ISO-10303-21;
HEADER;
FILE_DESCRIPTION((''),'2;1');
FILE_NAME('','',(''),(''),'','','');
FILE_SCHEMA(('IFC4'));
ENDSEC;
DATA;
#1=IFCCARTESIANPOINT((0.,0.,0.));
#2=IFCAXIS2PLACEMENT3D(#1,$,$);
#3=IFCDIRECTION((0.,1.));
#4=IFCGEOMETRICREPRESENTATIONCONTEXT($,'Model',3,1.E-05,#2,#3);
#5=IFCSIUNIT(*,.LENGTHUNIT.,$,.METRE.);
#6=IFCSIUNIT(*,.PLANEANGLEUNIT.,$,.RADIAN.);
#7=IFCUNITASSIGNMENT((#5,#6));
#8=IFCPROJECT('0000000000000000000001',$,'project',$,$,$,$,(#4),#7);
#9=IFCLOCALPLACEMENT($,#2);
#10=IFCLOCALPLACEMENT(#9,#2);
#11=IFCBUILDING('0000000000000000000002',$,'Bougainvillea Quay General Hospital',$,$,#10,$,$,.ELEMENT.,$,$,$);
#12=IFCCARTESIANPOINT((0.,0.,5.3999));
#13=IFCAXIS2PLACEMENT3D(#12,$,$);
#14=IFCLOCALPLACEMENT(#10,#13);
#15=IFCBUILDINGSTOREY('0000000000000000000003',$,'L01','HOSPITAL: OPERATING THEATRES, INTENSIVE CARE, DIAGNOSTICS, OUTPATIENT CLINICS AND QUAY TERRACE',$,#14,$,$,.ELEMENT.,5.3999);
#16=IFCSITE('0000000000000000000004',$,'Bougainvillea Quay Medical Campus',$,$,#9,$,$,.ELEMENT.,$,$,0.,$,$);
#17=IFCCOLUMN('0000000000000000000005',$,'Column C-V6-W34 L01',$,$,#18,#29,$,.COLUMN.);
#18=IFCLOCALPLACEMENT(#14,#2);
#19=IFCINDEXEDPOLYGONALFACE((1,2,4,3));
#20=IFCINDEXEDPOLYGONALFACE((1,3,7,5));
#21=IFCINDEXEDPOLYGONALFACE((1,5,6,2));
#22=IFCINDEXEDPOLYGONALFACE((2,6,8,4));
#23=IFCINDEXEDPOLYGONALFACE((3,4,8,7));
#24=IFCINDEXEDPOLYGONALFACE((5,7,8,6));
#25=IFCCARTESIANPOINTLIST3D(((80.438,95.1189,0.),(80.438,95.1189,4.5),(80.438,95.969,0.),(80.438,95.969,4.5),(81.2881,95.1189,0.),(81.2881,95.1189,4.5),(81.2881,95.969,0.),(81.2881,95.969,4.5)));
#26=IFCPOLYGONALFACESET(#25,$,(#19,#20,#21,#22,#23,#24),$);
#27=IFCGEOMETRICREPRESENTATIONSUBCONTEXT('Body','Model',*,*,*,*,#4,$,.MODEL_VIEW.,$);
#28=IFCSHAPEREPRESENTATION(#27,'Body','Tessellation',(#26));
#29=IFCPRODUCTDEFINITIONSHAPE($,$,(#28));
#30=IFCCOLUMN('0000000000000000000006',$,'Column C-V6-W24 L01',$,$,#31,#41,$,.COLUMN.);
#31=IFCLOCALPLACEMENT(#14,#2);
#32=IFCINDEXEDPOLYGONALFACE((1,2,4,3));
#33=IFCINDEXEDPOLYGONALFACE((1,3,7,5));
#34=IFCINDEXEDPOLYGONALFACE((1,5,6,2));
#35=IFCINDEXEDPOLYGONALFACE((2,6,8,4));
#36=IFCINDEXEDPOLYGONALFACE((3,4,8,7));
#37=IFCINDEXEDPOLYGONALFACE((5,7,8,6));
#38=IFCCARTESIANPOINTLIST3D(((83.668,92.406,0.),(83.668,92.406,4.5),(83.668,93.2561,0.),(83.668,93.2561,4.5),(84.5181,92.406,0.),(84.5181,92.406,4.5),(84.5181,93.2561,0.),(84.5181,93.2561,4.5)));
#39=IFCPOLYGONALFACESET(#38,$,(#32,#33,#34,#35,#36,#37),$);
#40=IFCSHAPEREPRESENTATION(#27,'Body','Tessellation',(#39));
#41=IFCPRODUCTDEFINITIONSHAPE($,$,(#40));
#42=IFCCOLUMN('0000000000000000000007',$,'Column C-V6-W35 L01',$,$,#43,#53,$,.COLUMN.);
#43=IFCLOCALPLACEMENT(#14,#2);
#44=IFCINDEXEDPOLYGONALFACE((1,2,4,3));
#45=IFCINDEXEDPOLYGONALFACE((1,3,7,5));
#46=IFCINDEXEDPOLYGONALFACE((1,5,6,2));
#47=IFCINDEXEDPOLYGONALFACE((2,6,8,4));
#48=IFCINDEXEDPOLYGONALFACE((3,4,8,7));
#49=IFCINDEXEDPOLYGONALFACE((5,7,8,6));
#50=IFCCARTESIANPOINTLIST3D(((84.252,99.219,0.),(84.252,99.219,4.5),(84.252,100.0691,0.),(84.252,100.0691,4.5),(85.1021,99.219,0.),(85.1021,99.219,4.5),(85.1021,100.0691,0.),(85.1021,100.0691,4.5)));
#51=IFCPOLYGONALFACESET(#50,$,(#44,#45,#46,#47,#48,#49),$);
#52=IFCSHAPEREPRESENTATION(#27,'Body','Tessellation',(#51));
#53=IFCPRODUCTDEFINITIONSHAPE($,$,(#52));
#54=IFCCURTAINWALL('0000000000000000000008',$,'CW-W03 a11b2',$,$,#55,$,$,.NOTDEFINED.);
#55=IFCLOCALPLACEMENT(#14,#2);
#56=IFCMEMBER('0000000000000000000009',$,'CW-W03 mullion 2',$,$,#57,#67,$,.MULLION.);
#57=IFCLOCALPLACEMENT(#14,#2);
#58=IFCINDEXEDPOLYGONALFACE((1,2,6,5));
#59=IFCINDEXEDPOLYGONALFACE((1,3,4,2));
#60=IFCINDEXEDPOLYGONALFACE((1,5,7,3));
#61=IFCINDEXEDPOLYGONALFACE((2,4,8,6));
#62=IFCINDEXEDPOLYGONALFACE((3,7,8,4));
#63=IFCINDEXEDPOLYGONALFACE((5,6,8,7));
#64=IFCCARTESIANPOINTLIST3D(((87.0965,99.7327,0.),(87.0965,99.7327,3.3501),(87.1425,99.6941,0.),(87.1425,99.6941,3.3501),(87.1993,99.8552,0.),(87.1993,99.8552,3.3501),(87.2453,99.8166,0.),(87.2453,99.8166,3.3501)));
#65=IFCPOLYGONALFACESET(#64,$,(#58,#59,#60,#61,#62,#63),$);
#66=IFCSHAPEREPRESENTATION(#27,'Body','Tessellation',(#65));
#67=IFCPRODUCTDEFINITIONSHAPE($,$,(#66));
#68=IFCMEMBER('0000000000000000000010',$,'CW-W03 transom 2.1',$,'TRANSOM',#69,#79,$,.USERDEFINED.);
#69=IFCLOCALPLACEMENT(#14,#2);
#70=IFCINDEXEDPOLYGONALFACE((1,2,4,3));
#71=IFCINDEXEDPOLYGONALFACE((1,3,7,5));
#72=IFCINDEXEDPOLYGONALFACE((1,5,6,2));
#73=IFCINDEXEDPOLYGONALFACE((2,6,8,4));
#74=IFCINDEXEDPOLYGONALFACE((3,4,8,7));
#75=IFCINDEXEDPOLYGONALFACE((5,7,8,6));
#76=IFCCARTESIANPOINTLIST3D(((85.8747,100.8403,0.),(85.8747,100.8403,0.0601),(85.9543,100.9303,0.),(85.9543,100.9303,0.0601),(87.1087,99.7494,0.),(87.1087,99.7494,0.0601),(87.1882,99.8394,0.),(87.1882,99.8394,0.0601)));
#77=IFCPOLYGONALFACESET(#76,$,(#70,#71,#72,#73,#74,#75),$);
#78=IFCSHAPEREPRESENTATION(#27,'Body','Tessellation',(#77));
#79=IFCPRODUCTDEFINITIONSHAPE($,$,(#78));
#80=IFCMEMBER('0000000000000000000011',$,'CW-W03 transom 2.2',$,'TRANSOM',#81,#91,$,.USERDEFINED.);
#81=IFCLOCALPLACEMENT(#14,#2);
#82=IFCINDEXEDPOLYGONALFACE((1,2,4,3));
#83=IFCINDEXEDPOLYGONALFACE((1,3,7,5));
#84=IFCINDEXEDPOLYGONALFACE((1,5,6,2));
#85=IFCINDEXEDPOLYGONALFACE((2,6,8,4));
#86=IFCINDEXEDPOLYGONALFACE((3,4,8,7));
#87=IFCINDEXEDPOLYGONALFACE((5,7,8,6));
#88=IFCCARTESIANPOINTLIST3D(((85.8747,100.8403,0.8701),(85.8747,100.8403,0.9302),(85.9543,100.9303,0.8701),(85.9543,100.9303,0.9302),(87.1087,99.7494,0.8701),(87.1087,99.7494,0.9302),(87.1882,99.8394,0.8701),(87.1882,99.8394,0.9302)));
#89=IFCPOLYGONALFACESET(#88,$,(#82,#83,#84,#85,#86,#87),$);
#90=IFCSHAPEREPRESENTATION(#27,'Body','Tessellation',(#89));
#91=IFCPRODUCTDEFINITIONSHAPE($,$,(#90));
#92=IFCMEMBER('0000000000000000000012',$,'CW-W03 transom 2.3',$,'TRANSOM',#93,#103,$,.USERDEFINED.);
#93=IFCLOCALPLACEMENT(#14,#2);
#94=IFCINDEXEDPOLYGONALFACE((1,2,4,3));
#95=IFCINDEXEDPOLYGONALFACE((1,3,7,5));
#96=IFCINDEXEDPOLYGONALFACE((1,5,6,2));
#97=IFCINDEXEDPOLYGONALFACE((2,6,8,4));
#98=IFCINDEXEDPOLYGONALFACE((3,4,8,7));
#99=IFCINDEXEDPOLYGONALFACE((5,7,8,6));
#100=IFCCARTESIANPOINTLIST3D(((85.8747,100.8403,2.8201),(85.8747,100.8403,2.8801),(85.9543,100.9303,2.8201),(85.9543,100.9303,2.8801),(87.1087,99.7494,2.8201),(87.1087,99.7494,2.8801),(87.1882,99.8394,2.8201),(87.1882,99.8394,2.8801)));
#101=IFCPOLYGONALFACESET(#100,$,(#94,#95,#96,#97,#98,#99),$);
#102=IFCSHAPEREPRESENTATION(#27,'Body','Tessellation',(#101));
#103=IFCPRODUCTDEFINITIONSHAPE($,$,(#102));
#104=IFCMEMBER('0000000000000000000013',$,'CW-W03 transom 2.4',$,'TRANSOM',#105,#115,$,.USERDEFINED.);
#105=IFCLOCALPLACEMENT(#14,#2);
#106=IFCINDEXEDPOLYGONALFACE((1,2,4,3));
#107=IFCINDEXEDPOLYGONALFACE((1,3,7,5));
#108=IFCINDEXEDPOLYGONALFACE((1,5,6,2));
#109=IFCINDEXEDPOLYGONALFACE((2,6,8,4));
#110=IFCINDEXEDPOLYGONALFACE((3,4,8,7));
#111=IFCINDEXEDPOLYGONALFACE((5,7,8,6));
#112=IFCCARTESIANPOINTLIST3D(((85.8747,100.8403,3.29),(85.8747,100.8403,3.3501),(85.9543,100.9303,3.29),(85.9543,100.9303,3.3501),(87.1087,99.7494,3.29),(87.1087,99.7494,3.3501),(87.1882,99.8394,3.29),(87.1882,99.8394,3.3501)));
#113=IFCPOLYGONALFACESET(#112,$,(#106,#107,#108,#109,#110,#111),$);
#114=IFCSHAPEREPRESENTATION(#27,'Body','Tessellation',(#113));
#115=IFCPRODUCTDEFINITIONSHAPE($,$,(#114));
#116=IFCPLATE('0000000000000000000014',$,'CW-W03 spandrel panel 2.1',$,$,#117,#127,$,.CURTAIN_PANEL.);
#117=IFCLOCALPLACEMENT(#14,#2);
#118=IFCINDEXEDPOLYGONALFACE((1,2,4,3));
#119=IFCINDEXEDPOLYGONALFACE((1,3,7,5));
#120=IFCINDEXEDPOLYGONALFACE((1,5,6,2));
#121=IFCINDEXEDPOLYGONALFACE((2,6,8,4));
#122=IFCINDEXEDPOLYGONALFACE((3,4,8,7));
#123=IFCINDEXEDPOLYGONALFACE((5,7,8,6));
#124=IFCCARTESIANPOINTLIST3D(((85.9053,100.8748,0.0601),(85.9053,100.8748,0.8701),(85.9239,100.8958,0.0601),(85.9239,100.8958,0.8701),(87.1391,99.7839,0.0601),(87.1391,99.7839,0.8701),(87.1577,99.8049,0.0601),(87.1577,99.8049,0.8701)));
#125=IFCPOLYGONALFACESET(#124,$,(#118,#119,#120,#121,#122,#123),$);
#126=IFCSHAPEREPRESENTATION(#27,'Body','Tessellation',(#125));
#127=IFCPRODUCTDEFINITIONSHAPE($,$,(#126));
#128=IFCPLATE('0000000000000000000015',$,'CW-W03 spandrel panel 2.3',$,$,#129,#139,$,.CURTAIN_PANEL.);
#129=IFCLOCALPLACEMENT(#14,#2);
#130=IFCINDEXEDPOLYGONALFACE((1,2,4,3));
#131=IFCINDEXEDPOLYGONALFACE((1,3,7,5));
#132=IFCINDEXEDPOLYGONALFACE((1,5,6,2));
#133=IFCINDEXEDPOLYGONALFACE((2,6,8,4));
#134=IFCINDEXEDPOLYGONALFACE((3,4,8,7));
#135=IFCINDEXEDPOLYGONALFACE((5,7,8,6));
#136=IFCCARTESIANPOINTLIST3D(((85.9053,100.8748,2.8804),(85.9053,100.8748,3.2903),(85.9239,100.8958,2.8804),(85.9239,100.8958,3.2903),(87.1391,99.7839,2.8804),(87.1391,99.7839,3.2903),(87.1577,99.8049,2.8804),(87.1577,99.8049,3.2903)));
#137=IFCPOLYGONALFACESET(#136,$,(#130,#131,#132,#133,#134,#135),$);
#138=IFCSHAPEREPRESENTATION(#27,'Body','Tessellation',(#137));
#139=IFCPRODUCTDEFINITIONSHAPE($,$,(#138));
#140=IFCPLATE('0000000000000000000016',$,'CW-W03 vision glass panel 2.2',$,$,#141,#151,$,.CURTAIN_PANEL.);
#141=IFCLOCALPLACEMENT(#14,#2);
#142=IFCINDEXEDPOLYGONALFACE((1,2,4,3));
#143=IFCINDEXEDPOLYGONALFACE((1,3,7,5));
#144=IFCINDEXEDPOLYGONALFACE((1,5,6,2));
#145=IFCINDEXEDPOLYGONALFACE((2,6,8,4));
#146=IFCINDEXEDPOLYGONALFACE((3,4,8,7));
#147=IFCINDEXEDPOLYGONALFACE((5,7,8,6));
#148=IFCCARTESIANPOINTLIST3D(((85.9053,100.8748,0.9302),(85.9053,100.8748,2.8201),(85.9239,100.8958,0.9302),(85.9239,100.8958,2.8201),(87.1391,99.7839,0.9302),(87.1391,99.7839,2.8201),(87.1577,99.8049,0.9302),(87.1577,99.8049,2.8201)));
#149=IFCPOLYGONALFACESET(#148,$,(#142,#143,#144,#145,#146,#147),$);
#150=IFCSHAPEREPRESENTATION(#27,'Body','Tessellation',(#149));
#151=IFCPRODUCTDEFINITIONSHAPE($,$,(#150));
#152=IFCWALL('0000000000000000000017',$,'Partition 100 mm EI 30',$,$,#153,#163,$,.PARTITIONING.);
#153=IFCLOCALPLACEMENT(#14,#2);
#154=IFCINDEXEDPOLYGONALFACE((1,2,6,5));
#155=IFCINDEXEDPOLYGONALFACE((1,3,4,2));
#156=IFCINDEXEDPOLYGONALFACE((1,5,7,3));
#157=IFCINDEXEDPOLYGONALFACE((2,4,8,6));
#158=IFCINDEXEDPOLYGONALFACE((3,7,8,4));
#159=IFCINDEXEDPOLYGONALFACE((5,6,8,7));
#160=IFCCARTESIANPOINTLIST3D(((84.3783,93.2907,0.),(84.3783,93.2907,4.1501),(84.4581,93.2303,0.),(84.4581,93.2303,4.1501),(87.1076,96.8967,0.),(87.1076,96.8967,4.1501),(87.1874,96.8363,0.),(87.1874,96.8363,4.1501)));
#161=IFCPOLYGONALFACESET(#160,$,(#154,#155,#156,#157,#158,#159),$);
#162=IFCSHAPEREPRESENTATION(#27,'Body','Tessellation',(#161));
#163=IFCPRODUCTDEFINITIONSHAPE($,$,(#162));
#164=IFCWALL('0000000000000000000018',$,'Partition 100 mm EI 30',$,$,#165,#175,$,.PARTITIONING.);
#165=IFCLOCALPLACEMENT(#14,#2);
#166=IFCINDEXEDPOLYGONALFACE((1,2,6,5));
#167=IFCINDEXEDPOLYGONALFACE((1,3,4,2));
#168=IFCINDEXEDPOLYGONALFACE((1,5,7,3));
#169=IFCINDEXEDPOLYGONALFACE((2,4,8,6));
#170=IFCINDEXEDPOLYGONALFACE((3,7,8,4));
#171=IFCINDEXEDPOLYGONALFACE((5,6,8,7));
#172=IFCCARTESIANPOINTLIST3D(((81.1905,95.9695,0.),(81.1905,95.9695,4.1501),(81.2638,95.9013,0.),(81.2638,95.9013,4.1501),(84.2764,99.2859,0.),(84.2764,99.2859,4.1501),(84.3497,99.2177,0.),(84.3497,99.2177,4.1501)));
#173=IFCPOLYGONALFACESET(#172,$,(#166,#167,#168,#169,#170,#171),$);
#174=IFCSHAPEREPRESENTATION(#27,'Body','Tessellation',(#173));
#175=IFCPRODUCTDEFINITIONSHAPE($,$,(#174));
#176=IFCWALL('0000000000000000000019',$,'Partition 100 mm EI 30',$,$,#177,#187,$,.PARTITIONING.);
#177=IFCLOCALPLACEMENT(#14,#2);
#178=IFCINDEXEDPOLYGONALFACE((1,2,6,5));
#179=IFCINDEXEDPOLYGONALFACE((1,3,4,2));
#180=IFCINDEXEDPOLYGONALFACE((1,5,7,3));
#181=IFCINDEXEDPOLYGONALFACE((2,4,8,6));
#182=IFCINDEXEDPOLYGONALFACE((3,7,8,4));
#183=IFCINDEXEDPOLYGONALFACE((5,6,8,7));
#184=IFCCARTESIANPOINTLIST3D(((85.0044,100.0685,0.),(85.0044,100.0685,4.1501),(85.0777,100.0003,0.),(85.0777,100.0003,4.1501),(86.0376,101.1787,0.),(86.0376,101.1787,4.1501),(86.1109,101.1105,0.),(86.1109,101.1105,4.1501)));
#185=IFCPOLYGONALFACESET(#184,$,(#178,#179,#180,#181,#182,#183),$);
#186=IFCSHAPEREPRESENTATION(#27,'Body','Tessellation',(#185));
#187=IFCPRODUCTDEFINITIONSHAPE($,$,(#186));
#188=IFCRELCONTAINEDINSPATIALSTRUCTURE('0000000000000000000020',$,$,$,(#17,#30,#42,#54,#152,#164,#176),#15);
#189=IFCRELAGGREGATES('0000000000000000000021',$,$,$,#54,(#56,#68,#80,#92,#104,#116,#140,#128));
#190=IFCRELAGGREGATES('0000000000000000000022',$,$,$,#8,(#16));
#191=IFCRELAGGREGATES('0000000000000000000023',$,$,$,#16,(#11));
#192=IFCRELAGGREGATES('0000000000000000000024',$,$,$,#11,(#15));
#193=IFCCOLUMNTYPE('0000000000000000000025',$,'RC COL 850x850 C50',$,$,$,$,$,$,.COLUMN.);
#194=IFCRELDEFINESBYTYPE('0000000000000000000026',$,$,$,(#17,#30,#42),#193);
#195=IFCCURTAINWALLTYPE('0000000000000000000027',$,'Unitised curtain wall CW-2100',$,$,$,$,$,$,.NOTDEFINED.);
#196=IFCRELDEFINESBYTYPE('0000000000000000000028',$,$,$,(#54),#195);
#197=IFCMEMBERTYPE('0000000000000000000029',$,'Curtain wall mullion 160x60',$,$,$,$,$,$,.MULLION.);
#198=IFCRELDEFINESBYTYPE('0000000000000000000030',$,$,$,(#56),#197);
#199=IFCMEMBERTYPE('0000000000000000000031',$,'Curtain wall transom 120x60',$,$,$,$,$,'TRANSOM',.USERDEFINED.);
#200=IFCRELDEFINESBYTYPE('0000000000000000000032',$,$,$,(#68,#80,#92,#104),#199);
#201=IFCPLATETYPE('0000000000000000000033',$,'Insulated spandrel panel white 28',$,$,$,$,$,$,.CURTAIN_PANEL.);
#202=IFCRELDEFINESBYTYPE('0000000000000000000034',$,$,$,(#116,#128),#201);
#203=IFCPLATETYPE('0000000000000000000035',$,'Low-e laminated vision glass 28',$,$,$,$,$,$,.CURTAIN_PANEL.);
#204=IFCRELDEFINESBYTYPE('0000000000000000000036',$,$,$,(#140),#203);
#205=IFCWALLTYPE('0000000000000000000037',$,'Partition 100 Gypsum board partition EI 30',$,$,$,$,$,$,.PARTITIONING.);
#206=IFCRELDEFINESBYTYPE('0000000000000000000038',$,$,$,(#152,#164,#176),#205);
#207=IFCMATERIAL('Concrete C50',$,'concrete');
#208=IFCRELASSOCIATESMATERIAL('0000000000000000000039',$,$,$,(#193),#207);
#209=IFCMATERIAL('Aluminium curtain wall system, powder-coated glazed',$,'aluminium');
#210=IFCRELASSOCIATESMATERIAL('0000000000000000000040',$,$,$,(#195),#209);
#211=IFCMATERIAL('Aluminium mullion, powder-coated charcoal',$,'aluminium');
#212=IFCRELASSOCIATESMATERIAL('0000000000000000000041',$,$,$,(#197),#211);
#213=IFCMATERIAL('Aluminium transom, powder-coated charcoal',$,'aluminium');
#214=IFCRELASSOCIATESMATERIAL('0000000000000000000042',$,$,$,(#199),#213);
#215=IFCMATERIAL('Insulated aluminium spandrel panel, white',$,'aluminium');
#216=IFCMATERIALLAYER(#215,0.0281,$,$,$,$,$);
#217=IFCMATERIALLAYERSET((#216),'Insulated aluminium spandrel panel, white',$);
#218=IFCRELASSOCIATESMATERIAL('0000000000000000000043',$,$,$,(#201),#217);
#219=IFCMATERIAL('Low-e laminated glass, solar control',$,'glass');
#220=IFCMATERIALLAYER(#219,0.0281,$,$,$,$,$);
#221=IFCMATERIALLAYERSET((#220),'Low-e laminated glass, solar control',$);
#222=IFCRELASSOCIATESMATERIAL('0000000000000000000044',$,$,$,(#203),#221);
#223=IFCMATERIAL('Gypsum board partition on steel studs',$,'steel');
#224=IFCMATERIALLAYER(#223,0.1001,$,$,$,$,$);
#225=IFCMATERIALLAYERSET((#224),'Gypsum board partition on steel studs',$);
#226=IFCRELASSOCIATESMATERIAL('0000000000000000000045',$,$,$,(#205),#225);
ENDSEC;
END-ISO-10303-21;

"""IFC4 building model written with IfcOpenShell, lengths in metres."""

from ifc_helpers import new_model, si_unit, direction, frame, frame_2d, origin, origin_2d, place, context, subcontext, project, spatial, rectangle, extrude, material, layer, layer_set, material_profile, profile_set, type_object, element, aggregate, save


model = new_model("IFC4")

# Units and contexts
model_context = context("Model", 3, precision=1e-05, world=origin(), true_north=direction((0.0, 1.0)))
body_context = subcontext(model_context, "Body", "Model", "MODEL_VIEW")
ifc_project = project(units=[si_unit("LENGTHUNIT", "METRE"), si_unit("PLANEANGLEUNIT", "RADIAN")], contexts=[model_context])

# Site, building, storey
site_placement = place(None, origin())
site = spatial("IfcSite", under=ifc_project, at=site_placement, Name="Bougainvillea Quay Medical Campus", CompositionType="ELEMENT", RefElevation=0.0)
building_placement = place(site_placement, origin())
building = spatial("IfcBuilding", under=site, at=building_placement, Name="Bougainvillea Quay General Hospital", CompositionType="ELEMENT")
storey_placement = place(building_placement, frame((0.0, 0.0, 5.3999)))
storey = spatial("IfcBuildingStorey", under=building, at=storey_placement, Name="L01", Description="HOSPITAL: OPERATING THEATRES, INTENSIVE CARE, DIAGNOSTICS, OUTPATIENT CLINICS AND QUAY TERRACE", CompositionType="ELEMENT", Elevation=5.3999)

# Columns
ifc_material_1 = material(Name="Concrete C50", Category="concrete")
ifc_material_profile_1 = material_profile(ifc_material_1, rectangle(XDim=0.8501, YDim=0.8501, at=origin_2d()))
ifc_profile_set_1 = profile_set([ifc_material_profile_1], Name="Concrete C50")
column_type = type_object("IfcColumnType", Name="RC COL 850x850 C50", PredefinedType="COLUMN", material=ifc_profile_set_1)
for number, where, z_axis, x_axis, name in (
    (1, (80.863, 95.5439, 0.0), (0.0, 0.0, 1.0), (1.0, 0.0, 0.0), "Column C-V6-W34 L01"),
    (2, (84.093, 92.8311, 0.0), (0.0, 0.0, 1.0), (1.0, 0.0, 0.0), "Column C-V6-W24 L01"),
    (3, (84.677, 99.644, 0.0), (0.0, 0.0, 1.0), (1.0, 0.0, 0.0), "Column C-V6-W35 L01"),
):
    element("IfcColumn", number, at=place(storey_placement, frame(where, z_axis=z_axis, x_axis=x_axis)), inside=storey, type_object=column_type, Name=name, PredefinedType="COLUMN", context=body_context, shape_type="SweptSolid", body=[
        extrude(rectangle(XDim=0.8501, YDim=0.8501, at=origin_2d()), origin(), (0.0, 0.0, 1.0), 4.5),
    ])

# Curtain wall, members, plates
ifc_material_2 = material(Name="Aluminium curtain wall system, powder-coated glazed", Category="aluminium")
curtain_wall_type = type_object("IfcCurtainWallType", Name="Unitised curtain wall CW-2100", PredefinedType="NOTDEFINED", material=ifc_material_2)
curtain_wall_placement = place(storey_placement, origin())
curtain_wall = element("IfcCurtainWall", 4, at=curtain_wall_placement, inside=storey, type_object=curtain_wall_type, Name="CW-W03 a11b2", PredefinedType="NOTDEFINED")
ifc_material_3 = material(Name="Aluminium mullion, powder-coated charcoal", Category="aluminium")
ifc_material_profile_2 = material_profile(ifc_material_3, rectangle(XDim=0.1599, YDim=0.0601, at=origin_2d()))
ifc_profile_set_2 = profile_set([ifc_material_profile_2], Name="Aluminium mullion, powder-coated charcoal")
member_type_1 = type_object("IfcMemberType", Name="Curtain wall mullion 160x60", PredefinedType="MULLION", material=ifc_profile_set_2)
member_1_placement = place(storey_placement, frame((87.1709, 99.7747, 0.0), z_axis=(0.0, 0.0, 1.0), x_axis=(-0.643189, -0.765708, 0.0)))
member_1 = element("IfcMember", 5, at=member_1_placement, type_object=member_type_1, Name="CW-W03 mullion 2", PredefinedType="MULLION", context=body_context, shape_type="SweptSolid", body=[
    extrude(rectangle(XDim=0.1599, YDim=0.0601, at=origin_2d()), origin(), (0.0, 0.0, 1.0), 3.3501),
])
ifc_material_4 = material(Name="Aluminium transom, powder-coated charcoal", Category="aluminium")
ifc_material_profile_3 = material_profile(ifc_material_4, rectangle(XDim=0.1201, YDim=0.0601, at=origin_2d()))
ifc_profile_set_3 = profile_set([ifc_material_profile_3], Name="Aluminium transom, powder-coated charcoal")
member_type_2 = type_object("IfcMemberType", Name="Curtain wall transom 120x60", ElementType="TRANSOM", PredefinedType="USERDEFINED", material=ifc_profile_set_3)
member_2_placement = place(storey_placement, frame((87.1484, 99.7944, 0.03), z_axis=(-0.749206, 0.662337, 0.0), x_axis=(-0.662337, -0.749206, 0.0)))
member_2 = element("IfcMember", 6, at=member_2_placement, type_object=member_type_2, Name="CW-W03 transom 2.1", ObjectType="TRANSOM", PredefinedType="USERDEFINED", context=body_context, shape_type="SweptSolid", body=[
    extrude(rectangle(XDim=0.1201, YDim=0.0601, at=origin_2d()), origin(), (0.0, 0.0, 1.0), 1.647),
])
member_3_placement = place(storey_placement, frame((87.1484, 99.7944, 0.9001), z_axis=(-0.749206, 0.662337, 0.0), x_axis=(-0.662337, -0.749206, 0.0)))
member_3 = element("IfcMember", 7, at=member_3_placement, type_object=member_type_2, Name="CW-W03 transom 2.2", ObjectType="TRANSOM", PredefinedType="USERDEFINED", context=body_context, shape_type="SweptSolid", body=[
    extrude(rectangle(XDim=0.1201, YDim=0.0601, at=origin_2d()), origin(), (0.0, 0.0, 1.0), 1.647),
])
member_4_placement = place(storey_placement, frame((87.1484, 99.7944, 2.8501), z_axis=(-0.749206, 0.662337, 0.0), x_axis=(-0.662337, -0.749206, 0.0)))
member_4 = element("IfcMember", 8, at=member_4_placement, type_object=member_type_2, Name="CW-W03 transom 2.3", ObjectType="TRANSOM", PredefinedType="USERDEFINED", context=body_context, shape_type="SweptSolid", body=[
    extrude(rectangle(XDim=0.1201, YDim=0.0601, at=origin_2d()), origin(), (0.0, 0.0, 1.0), 1.647),
])
member_5_placement = place(storey_placement, frame((87.1484, 99.7944, 3.3201), z_axis=(-0.749206, 0.662337, 0.0), x_axis=(-0.662337, -0.749206, 0.0)))
member_5 = element("IfcMember", 9, at=member_5_placement, type_object=member_type_2, Name="CW-W03 transom 2.4", ObjectType="TRANSOM", PredefinedType="USERDEFINED", context=body_context, shape_type="SweptSolid", body=[
    extrude(rectangle(XDim=0.1201, YDim=0.0601, at=origin_2d()), origin(), (0.0, 0.0, 1.0), 1.647),
])
ifc_material_5 = material(Name="Insulated aluminium spandrel panel, white", Category="aluminium")
ifc_layer_1 = layer(ifc_material_5, 0.0281)
ifc_layer_set_1 = layer_set([ifc_layer_1], Name="Insulated aluminium spandrel panel, white")
plate_type_1 = type_object("IfcPlateType", Name="Insulated spandrel panel white 28", PredefinedType="CURTAIN_PANEL", material=ifc_layer_set_1)
plate_1_placement = place(storey_placement, frame((86.5315, 100.3398, 0.0601), z_axis=(0.0, 0.0, 1.0), x_axis=(-0.749152, 0.662398, 0.0)))
plate_1 = element("IfcPlate", 10, at=plate_1_placement, type_object=plate_type_1, Name="CW-W03 spandrel panel 2.1", PredefinedType="CURTAIN_PANEL", context=body_context, shape_type="SweptSolid", body=[
    extrude(rectangle(XDim=1.647, YDim=0.0281, at=origin_2d()), origin(), (0.0, 0.0, 1.0), 0.8101),
])
plate_2_placement = place(storey_placement, frame((86.5315, 100.3398, 2.8804), z_axis=(0.0, 0.0, 1.0), x_axis=(-0.749152, 0.662398, 0.0)))
plate_2 = element("IfcPlate", 11, at=plate_2_placement, type_object=plate_type_1, Name="CW-W03 spandrel panel 2.3", PredefinedType="CURTAIN_PANEL", context=body_context, shape_type="SweptSolid", body=[
    extrude(rectangle(XDim=1.647, YDim=0.0281, at=origin_2d()), origin(), (0.0, 0.0, 1.0), 0.4099),
])
ifc_material_6 = material(Name="Low-e laminated glass, solar control", Category="glass")
ifc_layer_2 = layer(ifc_material_6, 0.0281)
ifc_layer_set_2 = layer_set([ifc_layer_2], Name="Low-e laminated glass, solar control")
plate_type_2 = type_object("IfcPlateType", Name="Low-e laminated vision glass 28", PredefinedType="CURTAIN_PANEL", material=ifc_layer_set_2)
plate_3_placement = place(storey_placement, frame((86.5315, 100.3398, 0.9302), z_axis=(0.0, 0.0, 1.0), x_axis=(-0.749152, 0.662398, 0.0)))
plate_3 = element("IfcPlate", 12, at=plate_3_placement, type_object=plate_type_2, Name="CW-W03 vision glass panel 2.2", PredefinedType="CURTAIN_PANEL", context=body_context, shape_type="SweptSolid", body=[
    extrude(rectangle(XDim=1.647, YDim=0.0281, at=origin_2d()), origin(), (0.0, 0.0, 1.0), 1.8899),
])
aggregate(curtain_wall, [member_1, member_2, member_3, member_4, member_5, plate_1, plate_3, plate_2])

# Walls
ifc_material_7 = material(Name="Gypsum board partition on steel studs", Category="steel")
ifc_layer_3 = layer(ifc_material_7, 0.1001)
ifc_layer_set_3 = layer_set([ifc_layer_3], Name="Gypsum board partition on steel studs")
wall_type_1 = type_object("IfcWallType", Name="Partition 100 Gypsum board partition EI 30", PredefinedType="PARTITIONING", material=ifc_layer_set_3)
wall_1_placement = place(storey_placement, frame((84.4182, 93.2605, 0.0), z_axis=(0.0, 0.0, 1.0), x_axis=(0.603501, 0.797362, 0.0)))
element("IfcWall", 13, at=wall_1_placement, inside=storey, type_object=wall_type_1, Name="Partition 100 mm EI 30", PredefinedType="PARTITIONING", context=body_context, shape_type="SweptSolid", body=[
    extrude(rectangle(XDim=4.5225, YDim=0.1001, at=frame_2d((2.2612, 0.0))), origin(), (0.0, 0.0, 1.0), 4.1501),
])
wall_2_placement = place(storey_placement, frame((81.2271, 95.9353, 0.0), z_axis=(0.0, 0.0, 1.0), x_axis=(0.681211, 0.732087, 0.0)))
element("IfcWall", 14, at=wall_2_placement, inside=storey, type_object=wall_type_1, Name="Partition 100 mm EI 30", PredefinedType="PARTITIONING", context=body_context, shape_type="SweptSolid", body=[
    extrude(rectangle(XDim=4.53, YDim=0.1001, at=frame_2d((2.2651, 0.0))), origin(), (0.0, 0.0, 1.0), 4.1501),
])
wall_3_placement = place(storey_placement, frame((85.041, 100.0344, 0.0), z_axis=(0.0, 0.0, 1.0), x_axis=(0.681297, 0.732007, 0.0)))
element("IfcWall", 15, at=wall_3_placement, inside=storey, type_object=wall_type_1, Name="Partition 100 mm EI 30", PredefinedType="PARTITIONING", context=body_context, shape_type="SweptSolid", body=[
    extrude(rectangle(XDim=1.5166, YDim=0.1001, at=frame_2d((0.7583, 0.0))), origin(), (0.0, 0.0, 1.0), 4.1501),
])

save(model, "model.ifc")
